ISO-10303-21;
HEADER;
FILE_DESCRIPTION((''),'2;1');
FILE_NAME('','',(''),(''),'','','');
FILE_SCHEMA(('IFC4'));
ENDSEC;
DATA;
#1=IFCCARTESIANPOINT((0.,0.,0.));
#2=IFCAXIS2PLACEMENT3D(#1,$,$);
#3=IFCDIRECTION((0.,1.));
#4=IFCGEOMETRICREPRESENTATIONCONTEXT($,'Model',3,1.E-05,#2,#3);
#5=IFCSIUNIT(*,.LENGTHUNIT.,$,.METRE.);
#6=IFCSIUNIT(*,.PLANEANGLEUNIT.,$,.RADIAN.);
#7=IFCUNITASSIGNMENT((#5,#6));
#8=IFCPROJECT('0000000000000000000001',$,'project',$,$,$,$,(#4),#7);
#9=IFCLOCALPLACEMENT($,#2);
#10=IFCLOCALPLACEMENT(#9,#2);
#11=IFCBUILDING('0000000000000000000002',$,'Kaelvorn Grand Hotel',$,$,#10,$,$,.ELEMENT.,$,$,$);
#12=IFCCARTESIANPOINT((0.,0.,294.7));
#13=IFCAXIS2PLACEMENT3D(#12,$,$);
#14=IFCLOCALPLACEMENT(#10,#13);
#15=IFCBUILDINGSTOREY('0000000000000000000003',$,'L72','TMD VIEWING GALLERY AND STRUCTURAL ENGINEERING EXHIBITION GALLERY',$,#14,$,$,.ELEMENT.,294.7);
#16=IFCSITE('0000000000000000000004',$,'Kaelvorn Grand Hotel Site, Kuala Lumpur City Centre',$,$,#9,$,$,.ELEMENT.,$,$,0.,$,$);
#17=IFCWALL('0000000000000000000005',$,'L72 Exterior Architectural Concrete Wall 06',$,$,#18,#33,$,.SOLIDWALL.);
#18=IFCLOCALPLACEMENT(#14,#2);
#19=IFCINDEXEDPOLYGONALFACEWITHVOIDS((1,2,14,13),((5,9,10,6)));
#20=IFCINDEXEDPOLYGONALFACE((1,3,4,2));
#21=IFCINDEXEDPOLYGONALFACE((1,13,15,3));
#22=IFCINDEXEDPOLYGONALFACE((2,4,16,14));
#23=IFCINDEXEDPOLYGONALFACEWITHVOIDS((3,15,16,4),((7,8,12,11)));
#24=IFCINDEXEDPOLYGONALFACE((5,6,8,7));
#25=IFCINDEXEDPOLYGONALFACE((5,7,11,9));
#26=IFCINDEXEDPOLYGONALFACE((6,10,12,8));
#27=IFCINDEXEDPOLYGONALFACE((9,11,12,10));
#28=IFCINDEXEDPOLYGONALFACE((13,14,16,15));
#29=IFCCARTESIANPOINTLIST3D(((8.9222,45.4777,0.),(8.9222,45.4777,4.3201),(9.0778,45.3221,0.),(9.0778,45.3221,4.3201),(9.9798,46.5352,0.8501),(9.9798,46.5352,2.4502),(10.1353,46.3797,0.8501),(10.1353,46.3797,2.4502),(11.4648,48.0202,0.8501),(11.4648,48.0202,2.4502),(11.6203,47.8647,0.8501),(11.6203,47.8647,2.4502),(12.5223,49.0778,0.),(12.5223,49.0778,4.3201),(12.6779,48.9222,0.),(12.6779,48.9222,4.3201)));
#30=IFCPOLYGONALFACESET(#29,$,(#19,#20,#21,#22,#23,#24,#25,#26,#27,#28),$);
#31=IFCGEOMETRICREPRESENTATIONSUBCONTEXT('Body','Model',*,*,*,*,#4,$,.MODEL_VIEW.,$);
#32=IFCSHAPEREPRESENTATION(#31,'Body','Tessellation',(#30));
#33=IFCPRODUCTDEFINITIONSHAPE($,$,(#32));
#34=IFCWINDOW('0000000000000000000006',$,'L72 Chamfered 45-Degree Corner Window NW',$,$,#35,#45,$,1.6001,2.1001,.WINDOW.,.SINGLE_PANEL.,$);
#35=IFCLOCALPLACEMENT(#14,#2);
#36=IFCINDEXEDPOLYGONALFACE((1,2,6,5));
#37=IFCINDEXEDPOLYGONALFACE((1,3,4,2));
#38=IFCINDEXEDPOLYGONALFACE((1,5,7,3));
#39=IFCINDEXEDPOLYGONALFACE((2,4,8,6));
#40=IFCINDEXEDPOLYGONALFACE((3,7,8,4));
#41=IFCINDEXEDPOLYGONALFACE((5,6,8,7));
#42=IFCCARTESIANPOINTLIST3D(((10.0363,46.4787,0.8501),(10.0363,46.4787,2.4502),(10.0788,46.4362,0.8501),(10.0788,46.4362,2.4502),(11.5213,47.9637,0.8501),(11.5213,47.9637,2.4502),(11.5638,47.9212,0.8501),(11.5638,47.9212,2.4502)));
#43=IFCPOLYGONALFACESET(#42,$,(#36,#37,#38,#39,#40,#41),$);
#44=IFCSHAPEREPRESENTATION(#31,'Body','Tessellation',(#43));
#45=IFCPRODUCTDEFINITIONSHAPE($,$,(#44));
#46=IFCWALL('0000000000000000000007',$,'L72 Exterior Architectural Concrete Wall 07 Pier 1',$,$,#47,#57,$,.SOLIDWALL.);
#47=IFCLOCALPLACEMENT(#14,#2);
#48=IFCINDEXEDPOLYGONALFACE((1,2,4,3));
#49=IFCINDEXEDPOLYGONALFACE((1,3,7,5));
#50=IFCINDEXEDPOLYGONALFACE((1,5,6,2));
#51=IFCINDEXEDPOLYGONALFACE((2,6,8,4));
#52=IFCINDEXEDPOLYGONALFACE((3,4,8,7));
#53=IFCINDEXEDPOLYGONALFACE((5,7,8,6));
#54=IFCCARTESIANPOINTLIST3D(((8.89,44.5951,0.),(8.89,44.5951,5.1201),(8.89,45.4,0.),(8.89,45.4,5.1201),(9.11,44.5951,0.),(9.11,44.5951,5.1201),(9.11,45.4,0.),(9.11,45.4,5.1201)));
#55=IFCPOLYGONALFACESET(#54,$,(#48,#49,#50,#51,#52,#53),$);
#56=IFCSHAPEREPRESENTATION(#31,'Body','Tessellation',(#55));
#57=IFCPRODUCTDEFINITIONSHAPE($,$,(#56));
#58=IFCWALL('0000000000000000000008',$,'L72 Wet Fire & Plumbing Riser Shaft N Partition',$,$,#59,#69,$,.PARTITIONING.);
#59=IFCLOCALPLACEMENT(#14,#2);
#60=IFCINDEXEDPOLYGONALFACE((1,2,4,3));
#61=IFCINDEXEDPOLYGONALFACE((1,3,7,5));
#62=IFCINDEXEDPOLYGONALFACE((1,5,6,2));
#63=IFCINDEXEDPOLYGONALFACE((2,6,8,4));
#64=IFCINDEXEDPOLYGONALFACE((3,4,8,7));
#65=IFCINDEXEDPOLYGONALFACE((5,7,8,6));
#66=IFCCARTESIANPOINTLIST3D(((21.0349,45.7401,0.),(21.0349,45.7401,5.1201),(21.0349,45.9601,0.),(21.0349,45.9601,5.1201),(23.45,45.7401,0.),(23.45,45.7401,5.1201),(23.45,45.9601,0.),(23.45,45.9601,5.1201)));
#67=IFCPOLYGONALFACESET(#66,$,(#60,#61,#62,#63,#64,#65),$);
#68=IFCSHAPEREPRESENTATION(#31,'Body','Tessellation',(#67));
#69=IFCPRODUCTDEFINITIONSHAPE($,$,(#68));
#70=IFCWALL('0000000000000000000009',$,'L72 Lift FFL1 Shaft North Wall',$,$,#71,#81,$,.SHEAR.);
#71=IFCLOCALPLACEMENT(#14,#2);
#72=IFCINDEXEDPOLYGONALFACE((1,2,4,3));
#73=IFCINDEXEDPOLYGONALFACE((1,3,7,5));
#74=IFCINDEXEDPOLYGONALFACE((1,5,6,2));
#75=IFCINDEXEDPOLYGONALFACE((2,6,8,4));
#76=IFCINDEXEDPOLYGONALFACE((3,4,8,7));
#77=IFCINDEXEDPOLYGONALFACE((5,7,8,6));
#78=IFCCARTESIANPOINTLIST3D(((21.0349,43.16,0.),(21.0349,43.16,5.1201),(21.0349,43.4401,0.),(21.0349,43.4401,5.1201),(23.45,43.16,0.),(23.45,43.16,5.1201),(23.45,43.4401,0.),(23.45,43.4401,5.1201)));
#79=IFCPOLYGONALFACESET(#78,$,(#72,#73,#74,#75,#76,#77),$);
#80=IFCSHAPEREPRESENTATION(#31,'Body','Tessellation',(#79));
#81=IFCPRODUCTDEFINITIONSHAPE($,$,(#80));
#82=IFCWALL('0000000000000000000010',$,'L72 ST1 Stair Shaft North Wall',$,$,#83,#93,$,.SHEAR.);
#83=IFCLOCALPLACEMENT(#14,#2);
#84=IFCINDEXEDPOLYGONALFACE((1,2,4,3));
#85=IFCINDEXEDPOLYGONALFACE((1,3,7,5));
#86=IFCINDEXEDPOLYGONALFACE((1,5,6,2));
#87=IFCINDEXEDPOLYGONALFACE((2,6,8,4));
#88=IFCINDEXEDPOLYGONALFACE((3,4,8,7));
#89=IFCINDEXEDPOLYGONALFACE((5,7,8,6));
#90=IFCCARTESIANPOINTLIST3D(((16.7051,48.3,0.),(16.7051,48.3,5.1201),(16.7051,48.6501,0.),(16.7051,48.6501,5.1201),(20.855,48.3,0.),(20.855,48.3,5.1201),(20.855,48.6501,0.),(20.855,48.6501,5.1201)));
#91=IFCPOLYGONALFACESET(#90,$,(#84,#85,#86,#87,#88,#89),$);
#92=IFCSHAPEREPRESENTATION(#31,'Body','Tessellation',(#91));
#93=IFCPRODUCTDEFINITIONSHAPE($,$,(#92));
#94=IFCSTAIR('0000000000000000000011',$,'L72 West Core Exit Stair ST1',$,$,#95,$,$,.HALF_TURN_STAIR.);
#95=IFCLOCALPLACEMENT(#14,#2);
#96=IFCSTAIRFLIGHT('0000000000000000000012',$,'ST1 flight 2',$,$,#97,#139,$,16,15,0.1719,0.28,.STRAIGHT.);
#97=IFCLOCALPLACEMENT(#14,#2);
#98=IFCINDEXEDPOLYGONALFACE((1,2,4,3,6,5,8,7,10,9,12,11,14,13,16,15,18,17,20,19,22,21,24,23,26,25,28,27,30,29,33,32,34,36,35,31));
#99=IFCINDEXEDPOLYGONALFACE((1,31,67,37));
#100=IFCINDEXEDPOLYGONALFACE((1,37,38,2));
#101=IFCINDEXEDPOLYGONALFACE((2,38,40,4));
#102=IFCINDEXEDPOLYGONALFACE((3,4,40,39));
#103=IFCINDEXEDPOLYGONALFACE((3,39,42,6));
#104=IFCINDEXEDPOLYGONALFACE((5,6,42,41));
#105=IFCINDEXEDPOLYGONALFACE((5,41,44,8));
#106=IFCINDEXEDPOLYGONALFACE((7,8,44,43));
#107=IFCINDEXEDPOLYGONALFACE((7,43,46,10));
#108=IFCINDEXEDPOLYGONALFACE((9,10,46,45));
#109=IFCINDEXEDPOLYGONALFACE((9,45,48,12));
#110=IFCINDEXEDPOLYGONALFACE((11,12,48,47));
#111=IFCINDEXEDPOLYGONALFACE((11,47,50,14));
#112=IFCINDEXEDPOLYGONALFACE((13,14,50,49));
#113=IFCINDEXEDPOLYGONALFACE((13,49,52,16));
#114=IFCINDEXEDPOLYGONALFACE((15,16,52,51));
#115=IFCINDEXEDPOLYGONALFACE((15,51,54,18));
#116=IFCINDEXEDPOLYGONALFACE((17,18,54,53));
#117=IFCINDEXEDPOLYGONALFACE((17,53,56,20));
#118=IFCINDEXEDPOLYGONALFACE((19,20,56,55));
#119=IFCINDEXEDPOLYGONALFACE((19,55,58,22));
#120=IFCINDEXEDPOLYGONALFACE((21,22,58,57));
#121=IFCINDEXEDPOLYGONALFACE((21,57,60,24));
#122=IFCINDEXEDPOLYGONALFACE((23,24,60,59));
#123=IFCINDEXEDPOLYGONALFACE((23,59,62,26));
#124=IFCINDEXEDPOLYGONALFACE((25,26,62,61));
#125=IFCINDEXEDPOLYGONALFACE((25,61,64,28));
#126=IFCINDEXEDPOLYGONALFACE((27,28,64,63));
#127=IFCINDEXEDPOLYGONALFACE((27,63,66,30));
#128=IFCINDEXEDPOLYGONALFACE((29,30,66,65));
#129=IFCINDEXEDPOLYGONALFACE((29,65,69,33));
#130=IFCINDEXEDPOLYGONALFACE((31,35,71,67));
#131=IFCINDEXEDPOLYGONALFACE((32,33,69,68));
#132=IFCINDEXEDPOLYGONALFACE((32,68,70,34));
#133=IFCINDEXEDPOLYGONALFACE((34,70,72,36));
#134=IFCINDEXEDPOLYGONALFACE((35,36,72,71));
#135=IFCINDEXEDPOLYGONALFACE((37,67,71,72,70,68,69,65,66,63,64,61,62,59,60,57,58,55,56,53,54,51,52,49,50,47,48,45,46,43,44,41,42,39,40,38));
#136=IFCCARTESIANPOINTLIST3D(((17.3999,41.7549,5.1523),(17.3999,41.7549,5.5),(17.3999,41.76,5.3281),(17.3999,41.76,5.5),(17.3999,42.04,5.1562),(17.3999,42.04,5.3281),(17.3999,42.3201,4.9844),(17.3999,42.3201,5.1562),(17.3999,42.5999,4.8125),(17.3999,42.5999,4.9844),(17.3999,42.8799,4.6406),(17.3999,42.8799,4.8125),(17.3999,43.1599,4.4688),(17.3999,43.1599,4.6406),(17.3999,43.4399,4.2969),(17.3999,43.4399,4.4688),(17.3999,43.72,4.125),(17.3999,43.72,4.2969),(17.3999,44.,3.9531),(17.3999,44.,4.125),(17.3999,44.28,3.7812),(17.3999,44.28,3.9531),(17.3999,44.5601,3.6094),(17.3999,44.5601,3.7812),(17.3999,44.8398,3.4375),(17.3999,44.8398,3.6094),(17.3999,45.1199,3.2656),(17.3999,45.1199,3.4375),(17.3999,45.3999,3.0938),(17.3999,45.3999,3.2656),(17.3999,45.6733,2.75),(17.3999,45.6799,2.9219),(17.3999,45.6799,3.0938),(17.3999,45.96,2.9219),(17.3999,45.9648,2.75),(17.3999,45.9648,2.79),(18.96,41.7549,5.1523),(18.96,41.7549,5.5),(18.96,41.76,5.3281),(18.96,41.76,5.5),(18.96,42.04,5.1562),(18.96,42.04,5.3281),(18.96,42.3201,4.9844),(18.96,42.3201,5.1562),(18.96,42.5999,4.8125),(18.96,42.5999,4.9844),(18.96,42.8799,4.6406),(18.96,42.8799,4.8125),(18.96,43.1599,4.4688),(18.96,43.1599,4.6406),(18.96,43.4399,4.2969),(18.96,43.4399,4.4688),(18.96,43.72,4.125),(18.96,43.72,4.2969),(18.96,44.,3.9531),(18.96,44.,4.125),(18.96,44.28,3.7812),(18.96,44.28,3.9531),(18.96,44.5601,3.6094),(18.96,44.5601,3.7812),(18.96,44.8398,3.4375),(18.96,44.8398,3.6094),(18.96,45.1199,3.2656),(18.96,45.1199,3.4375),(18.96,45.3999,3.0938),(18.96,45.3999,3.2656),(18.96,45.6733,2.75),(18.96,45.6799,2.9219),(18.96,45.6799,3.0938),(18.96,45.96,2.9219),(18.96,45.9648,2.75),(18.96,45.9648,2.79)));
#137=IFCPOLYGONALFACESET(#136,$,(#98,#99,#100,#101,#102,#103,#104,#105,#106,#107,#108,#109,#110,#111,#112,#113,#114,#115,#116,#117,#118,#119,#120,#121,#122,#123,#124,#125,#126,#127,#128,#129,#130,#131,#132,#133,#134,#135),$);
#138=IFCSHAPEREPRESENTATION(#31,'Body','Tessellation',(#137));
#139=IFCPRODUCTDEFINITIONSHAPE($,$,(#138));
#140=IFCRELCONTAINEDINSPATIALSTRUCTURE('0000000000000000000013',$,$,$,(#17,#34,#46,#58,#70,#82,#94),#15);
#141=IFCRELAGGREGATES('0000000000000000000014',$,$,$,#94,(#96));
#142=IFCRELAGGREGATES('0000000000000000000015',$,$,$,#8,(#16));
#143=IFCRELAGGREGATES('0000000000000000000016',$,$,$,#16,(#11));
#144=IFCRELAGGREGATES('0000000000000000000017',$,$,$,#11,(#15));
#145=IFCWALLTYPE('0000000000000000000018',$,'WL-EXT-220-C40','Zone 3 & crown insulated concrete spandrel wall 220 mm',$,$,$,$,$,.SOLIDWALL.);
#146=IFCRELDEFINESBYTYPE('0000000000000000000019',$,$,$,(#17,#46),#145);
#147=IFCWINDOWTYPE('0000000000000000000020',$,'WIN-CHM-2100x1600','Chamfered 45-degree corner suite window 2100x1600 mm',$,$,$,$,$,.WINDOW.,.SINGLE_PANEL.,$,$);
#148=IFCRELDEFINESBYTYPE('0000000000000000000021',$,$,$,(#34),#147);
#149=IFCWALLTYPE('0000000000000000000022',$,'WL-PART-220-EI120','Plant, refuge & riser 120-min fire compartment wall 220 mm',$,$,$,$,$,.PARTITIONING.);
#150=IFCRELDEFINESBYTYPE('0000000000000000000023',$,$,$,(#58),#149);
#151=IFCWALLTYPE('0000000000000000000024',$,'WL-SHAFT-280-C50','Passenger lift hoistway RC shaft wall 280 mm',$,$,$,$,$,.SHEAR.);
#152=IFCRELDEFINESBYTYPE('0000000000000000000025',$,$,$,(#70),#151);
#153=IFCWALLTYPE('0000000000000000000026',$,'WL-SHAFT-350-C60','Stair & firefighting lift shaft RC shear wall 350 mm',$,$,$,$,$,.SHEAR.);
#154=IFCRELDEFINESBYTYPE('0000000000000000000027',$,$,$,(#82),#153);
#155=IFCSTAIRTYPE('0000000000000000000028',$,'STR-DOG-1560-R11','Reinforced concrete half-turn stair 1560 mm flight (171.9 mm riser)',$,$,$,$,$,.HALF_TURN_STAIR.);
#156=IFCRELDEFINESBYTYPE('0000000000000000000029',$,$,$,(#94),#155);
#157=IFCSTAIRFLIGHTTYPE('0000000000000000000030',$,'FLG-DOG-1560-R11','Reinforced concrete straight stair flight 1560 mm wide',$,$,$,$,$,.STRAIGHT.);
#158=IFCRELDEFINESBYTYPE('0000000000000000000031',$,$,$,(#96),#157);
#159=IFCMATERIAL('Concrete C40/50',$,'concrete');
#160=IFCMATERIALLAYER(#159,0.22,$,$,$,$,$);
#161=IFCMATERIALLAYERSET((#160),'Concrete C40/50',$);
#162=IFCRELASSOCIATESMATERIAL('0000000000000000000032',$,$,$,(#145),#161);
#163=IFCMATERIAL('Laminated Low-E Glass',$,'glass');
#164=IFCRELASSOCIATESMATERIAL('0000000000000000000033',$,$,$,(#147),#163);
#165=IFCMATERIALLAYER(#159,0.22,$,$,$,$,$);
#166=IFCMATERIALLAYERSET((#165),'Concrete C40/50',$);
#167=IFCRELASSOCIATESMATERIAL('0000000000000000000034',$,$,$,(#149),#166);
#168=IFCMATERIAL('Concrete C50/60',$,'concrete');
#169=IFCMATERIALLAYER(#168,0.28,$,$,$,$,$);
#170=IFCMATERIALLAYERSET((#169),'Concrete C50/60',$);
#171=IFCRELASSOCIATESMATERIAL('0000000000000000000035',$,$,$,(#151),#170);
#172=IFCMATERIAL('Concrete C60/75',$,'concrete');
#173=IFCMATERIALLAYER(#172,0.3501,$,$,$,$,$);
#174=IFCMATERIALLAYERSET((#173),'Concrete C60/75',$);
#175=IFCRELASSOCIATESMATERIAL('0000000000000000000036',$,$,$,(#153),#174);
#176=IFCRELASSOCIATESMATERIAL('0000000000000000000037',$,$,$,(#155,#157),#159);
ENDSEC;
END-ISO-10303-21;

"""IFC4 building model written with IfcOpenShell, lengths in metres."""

from ifc_helpers import new_model, si_unit, direction, frame, frame_2d, origin, place, context, subcontext, project, spatial, polyline, rectangle, outline, extrude, material, layer, layer_set, type_object, element, fill, aggregate, save


model = new_model("IFC4")

# Units and contexts
model_context = context("Model", 3, precision=1e-05, world=origin(), true_north=direction((0.0, 1.0)))
body_context = subcontext(model_context, "Body", "Model", "MODEL_VIEW")
ifc_project = project(units=[si_unit("LENGTHUNIT", "METRE"), si_unit("PLANEANGLEUNIT", "RADIAN")], contexts=[model_context])

# Site, building, storey
site_placement = place(None, origin())
site = spatial("IfcSite", under=ifc_project, at=site_placement, Name="Kaelvorn Grand Hotel Site, Kuala Lumpur City Centre", CompositionType="ELEMENT", RefElevation=0.0)
building_placement = place(site_placement, origin())
building = spatial("IfcBuilding", under=site, at=building_placement, Name="Kaelvorn Grand Hotel", CompositionType="ELEMENT")
storey_placement = place(building_placement, frame((0.0, 0.0, 294.7)))
storey = spatial("IfcBuildingStorey", under=building, at=storey_placement, Name="L72", Description="TMD VIEWING GALLERY AND STRUCTURAL ENGINEERING EXHIBITION GALLERY", CompositionType="ELEMENT", Elevation=294.7)

# Shared definitions
ifc_material_1 = material(Name="Concrete C60/75", Category="concrete")
ifc_material_2 = material(Name="Concrete C50/60", Category="concrete")

# Shared definitions
ifc_material_3 = material(Name="Laminated Low-E Glass", Category="glass")

# Wall, opening, window
ifc_material_4 = material(Name="Concrete C40/50", Category="concrete")
ifc_layer_1 = layer(ifc_material_4, 0.22)
ifc_layer_set_1 = layer_set([ifc_layer_1], Name="Concrete C40/50")
wall_type_1 = type_object("IfcWallType", Name="WL-EXT-220-C40", Description="Zone 3 & crown insulated concrete spandrel wall 220 mm", PredefinedType="SOLIDWALL", material=ifc_layer_set_1)
wall_1_placement = place(storey_placement, frame((12.6001, 49.0, 0.0), z_axis=(0.0, 0.0, 1.0), x_axis=(-0.707107, -0.707107, 0.0)))
wall_1 = element("IfcWall", 1, at=wall_1_placement, inside=storey, type_object=wall_type_1, Name="L72 Exterior Architectural Concrete Wall 06", PredefinedType="SOLIDWALL", context=body_context, shape_type="SweptSolid", body=[
    extrude(rectangle(XDim=5.0913, YDim=0.22, at=frame_2d((2.5457, 0.0))), origin(), (0.0, 0.0, 1.0), 4.3201),
])
opening_placement = place(wall_1_placement, frame((1.4956, 0.0, 0.8501)))
opening = element("IfcOpeningElement", 2, at=opening_placement, cuts=wall_1, PredefinedType="OPENING", context=body_context, shape_type="SweptSolid", body=[
    extrude(rectangle(XDim=2.1001, YDim=1.6001, at=frame_2d((1.05, 0.8))), frame((0.0, 0.1201, 0.0), z_axis=(0.0, -1.0, 0.0), x_axis=(1.0, 0.0, 0.0)), (0.0, 0.0, 1.0), 0.24),
])
window_type = type_object("IfcWindowType", Name="WIN-CHM-2100x1600", Description="Chamfered 45-degree corner suite window 2100x1600 mm", PartitioningType="SINGLE_PANEL", PredefinedType="WINDOW", material=ifc_material_3)
window_placement = place(opening_placement, origin())
window = element("IfcWindow", 3, at=window_placement, inside=storey, type_object=window_type, Name="L72 Chamfered 45-Degree Corner Window NW", OverallHeight=1.6001, OverallWidth=2.1001, PartitioningType="SINGLE_PANEL", PredefinedType="WINDOW", context=body_context, shape_type="SweptSolid", body=[
    extrude(rectangle(XDim=2.1001, YDim=1.6001, at=frame_2d((1.05, 0.8))), frame((0.0, 0.03, 0.0), z_axis=(0.0, -1.0, 0.0), x_axis=(1.0, 0.0, 0.0)), (0.0, 0.0, 1.0), 0.0601),
])
fill(opening, window)

# Walls
wall_2_placement = place(storey_placement, frame((9.0, 45.3999, 0.0), z_axis=(0.0, 0.0, 1.0), x_axis=(0.0, -1.0, 0.0)))
element("IfcWall", 4, at=wall_2_placement, inside=storey, type_object=wall_type_1, Name="L72 Exterior Architectural Concrete Wall 07 Pier 1", PredefinedType="SOLIDWALL", context=body_context, shape_type="SweptSolid", body=[
    extrude(rectangle(XDim=0.8049, YDim=0.22, at=frame_2d((0.4023, 0.0))), origin(), (0.0, 0.0, 1.0), 5.1201),
])
ifc_layer_2 = layer(ifc_material_4, 0.22)
ifc_layer_set_2 = layer_set([ifc_layer_2], Name="Concrete C40/50")
wall_type_2 = type_object("IfcWallType", Name="WL-PART-220-EI120", Description="Plant, refuge & riser 120-min fire compartment wall 220 mm", PredefinedType="PARTITIONING", material=ifc_layer_set_2)
wall_3_placement = place(storey_placement, frame((21.0349, 45.8501, 0.0), z_axis=(0.0, 0.0, 1.0), x_axis=(1.0, 0.0, 0.0)))
element("IfcWall", 5, at=wall_3_placement, inside=storey, type_object=wall_type_2, Name="L72 Wet Fire & Plumbing Riser Shaft N Partition", PredefinedType="PARTITIONING", context=body_context, shape_type="SweptSolid", body=[
    extrude(rectangle(XDim=2.415, YDim=0.22, at=frame_2d((1.2075, 0.0))), origin(), (0.0, 0.0, 1.0), 5.1201),
])
ifc_layer_3 = layer(ifc_material_2, 0.28)
ifc_layer_set_3 = layer_set([ifc_layer_3], Name="Concrete C50/60")
wall_type_3 = type_object("IfcWallType", Name="WL-SHAFT-280-C50", Description="Passenger lift hoistway RC shaft wall 280 mm", PredefinedType="SHEAR", material=ifc_layer_set_3)
wall_4_placement = place(storey_placement, frame((21.0349, 43.3, 0.0), z_axis=(0.0, 0.0, 1.0), x_axis=(1.0, 0.0, 0.0)))
element("IfcWall", 6, at=wall_4_placement, inside=storey, type_object=wall_type_3, Name="L72 Lift FFL1 Shaft North Wall", PredefinedType="SHEAR", context=body_context, shape_type="SweptSolid", body=[
    extrude(rectangle(XDim=2.415, YDim=0.28, at=frame_2d((1.2075, 0.0))), origin(), (0.0, 0.0, 1.0), 5.1201),
])
ifc_layer_4 = layer(ifc_material_1, 0.3501)
ifc_layer_set_4 = layer_set([ifc_layer_4], Name="Concrete C60/75")
wall_type_4 = type_object("IfcWallType", Name="WL-SHAFT-350-C60", Description="Stair & firefighting lift shaft RC shear wall 350 mm", PredefinedType="SHEAR", material=ifc_layer_set_4)
wall_5_placement = place(storey_placement, frame((16.7051, 48.4751, 0.0), z_axis=(0.0, 0.0, 1.0), x_axis=(1.0, 0.0, 0.0)))
element("IfcWall", 7, at=wall_5_placement, inside=storey, type_object=wall_type_4, Name="L72 ST1 Stair Shaft North Wall", PredefinedType="SHEAR", context=body_context, shape_type="SweptSolid", body=[
    extrude(rectangle(XDim=4.1499, YDim=0.3501, at=frame_2d((2.075, 0.0))), origin(), (0.0, 0.0, 1.0), 5.1201),
])

# Stair, stair flight
stair_type = type_object("IfcStairType", Name="STR-DOG-1560-R11", Description="Reinforced concrete half-turn stair 1560 mm flight (171.9 mm riser)", PredefinedType="HALF_TURN_STAIR", material=ifc_material_4)
stair_placement = place(storey_placement, origin())
stair = element("IfcStair", 8, at=stair_placement, inside=storey, type_object=stair_type, Name="L72 West Core Exit Stair ST1", PredefinedType="HALF_TURN_STAIR")
stair_flight_type = type_object("IfcStairFlightType", Name="FLG-DOG-1560-R11", Description="Reinforced concrete straight stair flight 1560 mm wide", PredefinedType="STRAIGHT", material=ifc_material_4)
stair_flight_placement = place(storey_placement, frame((18.1799, 45.96, 2.75), z_axis=(0.0, 0.0, 1.0), x_axis=(0.0, -1.0, 0.0)))
stair_flight = element("IfcStairFlight", 9, at=stair_flight_placement, type_object=stair_flight_type, Name="ST1 flight 2", NumberOfRisers=16, NumberOfTreads=15, PredefinedType="STRAIGHT", RiserHeight=0.1719, TreadLength=0.28, context=body_context, shape_type="SweptSolid", body=[
    extrude(outline(polyline([(-0.0049, 0.0), (-0.0049, 0.04), (0.0, 0.1719), (0.28, 0.1719), (0.28, 0.3438), (0.5601, 0.3438), (0.5601, 0.5156), (0.8401, 0.5156), (0.8401, 0.6875), (1.1201, 0.6875), (1.1201, 0.8594), (1.3999, 0.8594), (1.3999, 1.0312), (1.6799, 1.0312), (1.6799, 1.2031), (1.96, 1.2031), (1.96, 1.375), (2.24, 1.375), (2.24, 1.5469), (2.52, 1.5469), (2.52, 1.7188), (2.8, 1.7188), (2.8, 1.8906), (3.0801, 1.8906), (3.0801, 2.0625), (3.3601, 2.0625), (3.3601, 2.2344), (3.6399, 2.2344), (3.6399, 2.4062), (3.9199, 2.4062), (3.9199, 2.5781), (4.2, 2.5781), (4.2, 2.75), (4.2051, 2.75), (4.2051, 2.4023), (0.2866, 0.0), (-0.0049, 0.0)])), frame((0.0, 0.78, 0.0), z_axis=(0.0, -1.0, 0.0), x_axis=(1.0, 0.0, 0.0)), (0.0, 0.0, 1.0), 1.5601),
])
aggregate(stair, [stair_flight])

save(model, "model.ifc")
